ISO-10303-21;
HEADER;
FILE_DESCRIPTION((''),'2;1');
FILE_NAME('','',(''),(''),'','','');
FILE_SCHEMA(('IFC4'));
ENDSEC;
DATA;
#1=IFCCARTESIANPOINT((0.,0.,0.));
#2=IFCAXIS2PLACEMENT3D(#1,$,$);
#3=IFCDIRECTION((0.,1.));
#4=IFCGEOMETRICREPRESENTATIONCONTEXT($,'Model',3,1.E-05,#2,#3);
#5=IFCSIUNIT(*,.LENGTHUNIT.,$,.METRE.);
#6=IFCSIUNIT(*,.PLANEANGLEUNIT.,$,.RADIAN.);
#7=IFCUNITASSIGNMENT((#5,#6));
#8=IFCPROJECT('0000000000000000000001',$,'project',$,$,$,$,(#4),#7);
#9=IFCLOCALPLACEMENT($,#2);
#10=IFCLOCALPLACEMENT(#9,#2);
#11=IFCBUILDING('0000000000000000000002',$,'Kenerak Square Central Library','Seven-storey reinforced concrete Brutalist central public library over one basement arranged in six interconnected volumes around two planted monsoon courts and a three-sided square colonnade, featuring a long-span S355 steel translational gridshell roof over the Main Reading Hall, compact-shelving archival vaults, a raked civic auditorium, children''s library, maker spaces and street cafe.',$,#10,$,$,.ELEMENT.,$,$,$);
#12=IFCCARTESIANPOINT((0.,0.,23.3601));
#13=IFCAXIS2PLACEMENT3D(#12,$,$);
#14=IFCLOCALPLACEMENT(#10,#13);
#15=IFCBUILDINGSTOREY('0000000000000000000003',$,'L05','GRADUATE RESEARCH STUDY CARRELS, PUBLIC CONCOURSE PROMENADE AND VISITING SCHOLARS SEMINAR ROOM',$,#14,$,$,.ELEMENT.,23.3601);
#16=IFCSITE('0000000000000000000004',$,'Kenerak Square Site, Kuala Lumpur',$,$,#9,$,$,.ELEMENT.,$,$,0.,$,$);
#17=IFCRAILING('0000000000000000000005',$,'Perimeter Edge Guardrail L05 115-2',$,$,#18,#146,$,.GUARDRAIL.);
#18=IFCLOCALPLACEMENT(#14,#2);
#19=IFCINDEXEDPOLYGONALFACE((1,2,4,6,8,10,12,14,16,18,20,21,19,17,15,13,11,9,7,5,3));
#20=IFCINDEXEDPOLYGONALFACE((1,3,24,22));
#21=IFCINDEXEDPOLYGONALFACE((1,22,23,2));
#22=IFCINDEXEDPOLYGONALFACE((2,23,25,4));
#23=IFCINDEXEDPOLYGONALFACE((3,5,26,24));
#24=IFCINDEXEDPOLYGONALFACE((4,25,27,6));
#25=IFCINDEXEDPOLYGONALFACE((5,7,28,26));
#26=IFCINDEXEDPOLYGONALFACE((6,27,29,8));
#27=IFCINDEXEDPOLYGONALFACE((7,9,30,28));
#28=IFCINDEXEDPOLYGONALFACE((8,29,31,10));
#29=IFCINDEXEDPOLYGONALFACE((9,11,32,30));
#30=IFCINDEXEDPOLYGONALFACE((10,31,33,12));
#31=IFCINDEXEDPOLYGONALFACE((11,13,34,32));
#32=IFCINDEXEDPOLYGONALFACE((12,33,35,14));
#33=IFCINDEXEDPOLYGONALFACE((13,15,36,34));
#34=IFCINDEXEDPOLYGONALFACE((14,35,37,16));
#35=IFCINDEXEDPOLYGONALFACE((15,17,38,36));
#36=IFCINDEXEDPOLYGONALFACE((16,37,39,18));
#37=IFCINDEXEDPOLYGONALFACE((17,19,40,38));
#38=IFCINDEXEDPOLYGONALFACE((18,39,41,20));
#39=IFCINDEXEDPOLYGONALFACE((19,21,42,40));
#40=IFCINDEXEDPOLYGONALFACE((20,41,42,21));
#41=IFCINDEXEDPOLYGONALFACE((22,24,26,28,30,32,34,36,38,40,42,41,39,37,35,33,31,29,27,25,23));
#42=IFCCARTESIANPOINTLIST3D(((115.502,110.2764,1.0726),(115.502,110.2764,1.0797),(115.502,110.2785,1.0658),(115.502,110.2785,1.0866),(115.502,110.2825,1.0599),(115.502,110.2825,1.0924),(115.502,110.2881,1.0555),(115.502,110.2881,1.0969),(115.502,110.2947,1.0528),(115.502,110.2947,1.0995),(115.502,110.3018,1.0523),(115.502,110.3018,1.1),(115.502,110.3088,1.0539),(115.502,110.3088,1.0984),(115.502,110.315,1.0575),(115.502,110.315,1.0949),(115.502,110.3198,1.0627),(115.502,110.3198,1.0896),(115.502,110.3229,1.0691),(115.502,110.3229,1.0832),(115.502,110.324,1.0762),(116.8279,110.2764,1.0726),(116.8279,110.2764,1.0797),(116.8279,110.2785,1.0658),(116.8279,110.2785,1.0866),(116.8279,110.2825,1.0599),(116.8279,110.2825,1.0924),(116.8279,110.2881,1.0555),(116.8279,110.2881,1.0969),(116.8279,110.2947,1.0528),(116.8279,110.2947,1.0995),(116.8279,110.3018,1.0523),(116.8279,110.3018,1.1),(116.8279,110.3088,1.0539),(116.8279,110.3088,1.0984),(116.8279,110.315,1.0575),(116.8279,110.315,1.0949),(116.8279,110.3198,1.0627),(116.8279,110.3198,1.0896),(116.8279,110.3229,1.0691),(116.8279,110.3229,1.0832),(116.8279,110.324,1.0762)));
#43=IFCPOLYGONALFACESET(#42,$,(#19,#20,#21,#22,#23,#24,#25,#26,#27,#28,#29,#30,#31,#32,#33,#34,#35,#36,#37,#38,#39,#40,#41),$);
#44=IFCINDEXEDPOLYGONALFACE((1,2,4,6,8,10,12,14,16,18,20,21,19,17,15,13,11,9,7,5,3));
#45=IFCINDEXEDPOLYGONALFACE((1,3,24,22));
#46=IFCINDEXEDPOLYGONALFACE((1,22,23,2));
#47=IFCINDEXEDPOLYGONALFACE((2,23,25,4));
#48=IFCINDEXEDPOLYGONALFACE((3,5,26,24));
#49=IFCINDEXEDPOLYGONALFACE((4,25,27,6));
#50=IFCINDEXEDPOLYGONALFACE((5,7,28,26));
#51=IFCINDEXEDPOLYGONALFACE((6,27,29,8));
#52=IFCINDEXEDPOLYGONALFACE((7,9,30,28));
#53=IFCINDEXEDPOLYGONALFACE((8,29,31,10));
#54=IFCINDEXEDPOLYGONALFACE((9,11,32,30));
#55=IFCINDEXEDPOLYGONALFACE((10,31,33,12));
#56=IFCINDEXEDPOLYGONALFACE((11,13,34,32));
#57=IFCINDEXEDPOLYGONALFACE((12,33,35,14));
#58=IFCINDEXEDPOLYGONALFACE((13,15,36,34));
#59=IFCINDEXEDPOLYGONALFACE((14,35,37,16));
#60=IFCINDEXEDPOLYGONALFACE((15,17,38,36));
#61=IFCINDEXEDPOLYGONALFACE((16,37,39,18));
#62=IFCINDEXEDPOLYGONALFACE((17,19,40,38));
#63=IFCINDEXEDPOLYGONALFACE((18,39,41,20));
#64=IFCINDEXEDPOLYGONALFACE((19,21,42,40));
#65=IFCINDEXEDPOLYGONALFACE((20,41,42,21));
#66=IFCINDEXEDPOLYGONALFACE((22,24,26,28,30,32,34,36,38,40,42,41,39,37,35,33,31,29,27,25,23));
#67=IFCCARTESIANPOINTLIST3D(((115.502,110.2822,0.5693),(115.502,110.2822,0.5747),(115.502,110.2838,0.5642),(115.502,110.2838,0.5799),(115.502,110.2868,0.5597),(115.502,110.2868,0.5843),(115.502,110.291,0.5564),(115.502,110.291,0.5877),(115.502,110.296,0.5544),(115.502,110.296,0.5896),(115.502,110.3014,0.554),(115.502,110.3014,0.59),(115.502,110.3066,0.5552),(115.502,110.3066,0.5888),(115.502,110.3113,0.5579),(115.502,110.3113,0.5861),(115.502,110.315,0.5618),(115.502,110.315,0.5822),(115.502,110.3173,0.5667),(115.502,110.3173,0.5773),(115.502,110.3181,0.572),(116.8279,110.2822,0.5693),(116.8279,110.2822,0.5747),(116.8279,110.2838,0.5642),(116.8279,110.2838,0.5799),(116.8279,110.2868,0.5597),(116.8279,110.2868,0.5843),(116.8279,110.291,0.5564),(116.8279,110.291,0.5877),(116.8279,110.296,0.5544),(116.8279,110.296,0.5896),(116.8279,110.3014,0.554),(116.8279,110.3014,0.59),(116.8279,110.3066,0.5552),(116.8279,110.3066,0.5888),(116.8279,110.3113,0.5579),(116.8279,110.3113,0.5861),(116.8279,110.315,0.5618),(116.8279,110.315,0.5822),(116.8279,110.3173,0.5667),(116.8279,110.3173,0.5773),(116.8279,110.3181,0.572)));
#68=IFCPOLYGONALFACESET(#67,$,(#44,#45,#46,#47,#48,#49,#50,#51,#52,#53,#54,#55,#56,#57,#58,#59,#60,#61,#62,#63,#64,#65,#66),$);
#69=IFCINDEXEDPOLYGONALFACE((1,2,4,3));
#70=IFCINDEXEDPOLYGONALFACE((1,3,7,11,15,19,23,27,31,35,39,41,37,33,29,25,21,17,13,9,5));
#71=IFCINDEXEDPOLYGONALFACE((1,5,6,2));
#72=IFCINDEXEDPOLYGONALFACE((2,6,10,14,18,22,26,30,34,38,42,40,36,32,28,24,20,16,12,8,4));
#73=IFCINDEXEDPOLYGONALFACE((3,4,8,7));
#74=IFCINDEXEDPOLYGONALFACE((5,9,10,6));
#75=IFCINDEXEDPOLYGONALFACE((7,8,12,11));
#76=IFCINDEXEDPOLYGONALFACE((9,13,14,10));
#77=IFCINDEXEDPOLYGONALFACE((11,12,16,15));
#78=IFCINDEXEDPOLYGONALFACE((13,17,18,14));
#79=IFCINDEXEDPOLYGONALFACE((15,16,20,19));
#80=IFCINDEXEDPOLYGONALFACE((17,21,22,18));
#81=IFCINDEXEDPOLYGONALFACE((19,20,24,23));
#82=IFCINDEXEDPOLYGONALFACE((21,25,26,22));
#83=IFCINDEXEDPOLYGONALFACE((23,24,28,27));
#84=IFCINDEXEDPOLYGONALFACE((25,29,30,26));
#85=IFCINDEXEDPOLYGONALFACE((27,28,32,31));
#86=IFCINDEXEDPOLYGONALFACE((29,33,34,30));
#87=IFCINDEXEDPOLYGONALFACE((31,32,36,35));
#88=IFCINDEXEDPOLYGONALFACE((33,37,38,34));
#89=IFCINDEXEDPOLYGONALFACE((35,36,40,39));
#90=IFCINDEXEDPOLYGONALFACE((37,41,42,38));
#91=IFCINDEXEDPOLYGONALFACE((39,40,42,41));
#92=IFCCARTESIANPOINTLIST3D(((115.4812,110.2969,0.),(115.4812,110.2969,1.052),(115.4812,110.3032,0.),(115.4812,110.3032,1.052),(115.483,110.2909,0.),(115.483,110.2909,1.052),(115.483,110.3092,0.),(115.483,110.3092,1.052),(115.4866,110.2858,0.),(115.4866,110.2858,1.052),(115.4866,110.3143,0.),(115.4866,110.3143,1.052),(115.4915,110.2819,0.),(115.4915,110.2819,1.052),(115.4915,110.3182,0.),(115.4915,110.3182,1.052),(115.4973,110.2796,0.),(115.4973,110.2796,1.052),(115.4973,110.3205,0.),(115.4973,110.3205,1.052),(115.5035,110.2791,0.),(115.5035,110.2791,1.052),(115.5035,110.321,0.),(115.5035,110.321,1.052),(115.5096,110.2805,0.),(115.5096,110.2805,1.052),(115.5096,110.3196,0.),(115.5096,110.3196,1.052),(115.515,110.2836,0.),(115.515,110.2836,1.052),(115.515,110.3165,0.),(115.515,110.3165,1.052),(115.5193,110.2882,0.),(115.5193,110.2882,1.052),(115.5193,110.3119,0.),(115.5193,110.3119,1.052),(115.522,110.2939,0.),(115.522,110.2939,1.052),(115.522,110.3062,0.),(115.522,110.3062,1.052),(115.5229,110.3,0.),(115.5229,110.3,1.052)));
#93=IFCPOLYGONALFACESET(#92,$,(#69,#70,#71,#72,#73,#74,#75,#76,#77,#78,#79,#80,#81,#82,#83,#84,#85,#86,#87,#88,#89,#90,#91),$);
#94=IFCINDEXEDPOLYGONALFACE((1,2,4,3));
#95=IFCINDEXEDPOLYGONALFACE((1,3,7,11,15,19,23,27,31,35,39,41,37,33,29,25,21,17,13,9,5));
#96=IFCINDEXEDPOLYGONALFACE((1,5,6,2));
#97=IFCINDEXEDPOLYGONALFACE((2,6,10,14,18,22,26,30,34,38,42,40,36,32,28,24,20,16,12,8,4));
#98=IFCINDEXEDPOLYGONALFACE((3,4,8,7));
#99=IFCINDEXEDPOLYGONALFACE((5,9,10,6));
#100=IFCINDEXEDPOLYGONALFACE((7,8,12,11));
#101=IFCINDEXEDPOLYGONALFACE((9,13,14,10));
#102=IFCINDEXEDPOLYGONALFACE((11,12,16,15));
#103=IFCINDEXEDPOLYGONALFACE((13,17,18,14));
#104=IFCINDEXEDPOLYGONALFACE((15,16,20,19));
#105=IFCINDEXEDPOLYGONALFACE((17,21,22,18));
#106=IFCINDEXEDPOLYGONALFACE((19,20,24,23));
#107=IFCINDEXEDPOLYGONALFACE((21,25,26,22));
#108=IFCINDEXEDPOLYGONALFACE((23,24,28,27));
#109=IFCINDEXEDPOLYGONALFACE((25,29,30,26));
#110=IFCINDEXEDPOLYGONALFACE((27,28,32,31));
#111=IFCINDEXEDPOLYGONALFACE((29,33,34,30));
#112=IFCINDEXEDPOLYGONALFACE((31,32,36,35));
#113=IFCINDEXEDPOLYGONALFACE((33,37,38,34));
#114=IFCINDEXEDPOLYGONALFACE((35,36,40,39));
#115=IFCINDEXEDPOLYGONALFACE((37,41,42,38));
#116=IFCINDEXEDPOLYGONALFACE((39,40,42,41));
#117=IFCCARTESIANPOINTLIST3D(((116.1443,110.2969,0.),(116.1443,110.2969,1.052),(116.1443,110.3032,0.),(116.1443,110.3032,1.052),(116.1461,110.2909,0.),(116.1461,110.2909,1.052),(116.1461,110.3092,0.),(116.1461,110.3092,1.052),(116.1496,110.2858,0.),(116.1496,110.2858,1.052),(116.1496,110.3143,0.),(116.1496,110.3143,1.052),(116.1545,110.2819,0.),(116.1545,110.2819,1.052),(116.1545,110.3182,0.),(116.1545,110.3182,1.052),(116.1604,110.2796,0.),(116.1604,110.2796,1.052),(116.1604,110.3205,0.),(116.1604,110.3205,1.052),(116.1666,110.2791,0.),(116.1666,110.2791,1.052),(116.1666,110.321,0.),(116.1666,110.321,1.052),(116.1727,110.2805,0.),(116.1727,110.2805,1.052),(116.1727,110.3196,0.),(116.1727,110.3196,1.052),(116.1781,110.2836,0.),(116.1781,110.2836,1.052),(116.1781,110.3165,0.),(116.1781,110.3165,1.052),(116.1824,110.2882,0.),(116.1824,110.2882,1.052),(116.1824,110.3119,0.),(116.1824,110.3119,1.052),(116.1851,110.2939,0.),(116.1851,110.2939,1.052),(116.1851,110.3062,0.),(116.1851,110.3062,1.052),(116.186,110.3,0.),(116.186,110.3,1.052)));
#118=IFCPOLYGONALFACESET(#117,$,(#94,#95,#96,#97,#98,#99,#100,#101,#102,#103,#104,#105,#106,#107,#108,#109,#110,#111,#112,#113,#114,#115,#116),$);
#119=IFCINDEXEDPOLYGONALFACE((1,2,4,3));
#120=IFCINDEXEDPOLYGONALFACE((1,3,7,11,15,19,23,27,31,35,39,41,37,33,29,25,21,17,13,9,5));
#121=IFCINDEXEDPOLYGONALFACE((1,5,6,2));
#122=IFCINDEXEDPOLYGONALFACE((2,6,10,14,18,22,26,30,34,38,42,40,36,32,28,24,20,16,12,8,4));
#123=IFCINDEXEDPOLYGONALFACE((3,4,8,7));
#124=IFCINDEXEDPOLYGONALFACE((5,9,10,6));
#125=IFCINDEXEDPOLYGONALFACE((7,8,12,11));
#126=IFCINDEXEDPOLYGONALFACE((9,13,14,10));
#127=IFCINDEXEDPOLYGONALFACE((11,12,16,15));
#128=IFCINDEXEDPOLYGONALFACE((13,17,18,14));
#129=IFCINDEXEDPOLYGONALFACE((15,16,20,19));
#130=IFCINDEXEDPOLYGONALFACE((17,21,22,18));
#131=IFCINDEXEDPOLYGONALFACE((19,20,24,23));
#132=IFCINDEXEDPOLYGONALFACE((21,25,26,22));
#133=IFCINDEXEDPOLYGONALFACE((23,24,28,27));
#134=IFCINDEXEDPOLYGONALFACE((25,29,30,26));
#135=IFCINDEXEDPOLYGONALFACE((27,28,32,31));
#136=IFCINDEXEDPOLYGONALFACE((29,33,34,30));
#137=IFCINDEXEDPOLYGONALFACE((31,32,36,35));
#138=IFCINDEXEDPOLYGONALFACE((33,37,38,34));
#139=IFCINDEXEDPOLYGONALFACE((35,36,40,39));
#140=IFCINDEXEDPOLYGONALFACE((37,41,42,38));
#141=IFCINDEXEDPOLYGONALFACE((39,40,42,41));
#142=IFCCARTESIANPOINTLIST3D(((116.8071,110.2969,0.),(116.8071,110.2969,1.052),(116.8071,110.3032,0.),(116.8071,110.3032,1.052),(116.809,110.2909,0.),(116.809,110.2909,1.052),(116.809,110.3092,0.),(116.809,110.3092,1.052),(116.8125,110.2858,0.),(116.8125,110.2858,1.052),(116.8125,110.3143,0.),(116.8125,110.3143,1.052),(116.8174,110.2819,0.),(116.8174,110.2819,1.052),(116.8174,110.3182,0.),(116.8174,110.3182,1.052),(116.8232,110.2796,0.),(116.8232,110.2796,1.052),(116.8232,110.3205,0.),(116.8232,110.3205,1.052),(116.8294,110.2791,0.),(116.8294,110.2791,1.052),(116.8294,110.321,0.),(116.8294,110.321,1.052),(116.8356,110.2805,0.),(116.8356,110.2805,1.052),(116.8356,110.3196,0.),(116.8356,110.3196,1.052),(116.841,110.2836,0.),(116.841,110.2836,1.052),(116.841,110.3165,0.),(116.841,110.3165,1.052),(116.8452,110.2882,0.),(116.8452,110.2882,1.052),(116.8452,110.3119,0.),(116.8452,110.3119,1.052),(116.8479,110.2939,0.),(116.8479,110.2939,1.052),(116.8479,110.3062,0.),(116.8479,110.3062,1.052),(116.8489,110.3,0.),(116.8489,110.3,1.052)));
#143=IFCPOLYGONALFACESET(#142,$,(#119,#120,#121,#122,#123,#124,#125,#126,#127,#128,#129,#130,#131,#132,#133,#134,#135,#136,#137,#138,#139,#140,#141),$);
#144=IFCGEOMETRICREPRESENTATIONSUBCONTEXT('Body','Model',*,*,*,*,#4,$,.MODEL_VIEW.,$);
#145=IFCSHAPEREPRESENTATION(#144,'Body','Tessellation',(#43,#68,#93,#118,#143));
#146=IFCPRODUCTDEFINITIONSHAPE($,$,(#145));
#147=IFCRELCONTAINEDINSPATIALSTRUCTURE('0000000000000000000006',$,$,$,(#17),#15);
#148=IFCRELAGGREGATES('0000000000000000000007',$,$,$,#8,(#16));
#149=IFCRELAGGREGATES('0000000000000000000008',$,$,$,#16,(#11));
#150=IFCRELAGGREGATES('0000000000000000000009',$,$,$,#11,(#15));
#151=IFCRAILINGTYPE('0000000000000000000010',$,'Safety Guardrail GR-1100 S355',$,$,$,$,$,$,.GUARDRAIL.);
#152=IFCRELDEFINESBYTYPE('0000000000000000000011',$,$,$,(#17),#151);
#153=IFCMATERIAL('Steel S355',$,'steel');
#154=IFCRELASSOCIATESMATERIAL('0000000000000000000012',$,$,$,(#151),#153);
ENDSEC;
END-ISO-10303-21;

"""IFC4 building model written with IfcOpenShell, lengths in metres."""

from ifc_helpers import new_model, si_unit, direction, frame, origin, origin_2d, place, context, subcontext, project, spatial, circle, extrude, material, type_object, element, save


model = new_model("IFC4")

# Units and contexts
model_context = context("Model", 3, precision=1e-05, world=origin(), true_north=direction((0.0, 1.0)))
body_context = subcontext(model_context, "Body", "Model", "MODEL_VIEW")
ifc_project = project(units=[si_unit("LENGTHUNIT", "METRE"), si_unit("PLANEANGLEUNIT", "RADIAN")], contexts=[model_context])

# Site, building, storey
site_placement = place(None, origin())
site = spatial("IfcSite", under=ifc_project, at=site_placement, Name="Kenerak Square Site, Kuala Lumpur", CompositionType="ELEMENT", RefElevation=0.0)
building_placement = place(site_placement, origin())
building = spatial("IfcBuilding", under=site, at=building_placement, Name="Kenerak Square Central Library", Description="Seven-storey reinforced concrete Brutalist central public library over one basement arranged in six interconnected volumes around two planted monsoon courts and a three-sided square colonnade, featuring a long-span S355 steel translational gridshell roof over the Main Reading Hall, compact-shelving archival vaults, a raked civic auditorium, children's library, maker spaces and street cafe.", CompositionType="ELEMENT")
storey_placement = place(building_placement, frame((0.0, 0.0, 23.3601)))
storey = spatial("IfcBuildingStorey", under=building, at=storey_placement, Name="L05", Description="GRADUATE RESEARCH STUDY CARRELS, PUBLIC CONCOURSE PROMENADE AND VISITING SCHOLARS SEMINAR ROOM", CompositionType="ELEMENT", Elevation=23.3601)

# Shared definitions
ifc_material_1 = material(Name="Steel S355", Category="steel")

# Railing
railing_type_1 = type_object("IfcRailingType", Name="Safety Guardrail GR-1100 S355", PredefinedType="GUARDRAIL", material=ifc_material_1)
railing_1_placement = place(storey_placement, frame((115.502, 110.3, 0.0)))
element("IfcRailing", 1, at=railing_1_placement, inside=storey, type_object=railing_type_1, Name="Perimeter Edge Guardrail L05 115-2", PredefinedType="GUARDRAIL", context=body_context, shape_type="SweptSolid", body=[
    extrude(circle(Radius=0.0239, at=origin_2d()), frame((0.0, 0.0, 1.0762), z_axis=(1.0, 0.0, 0.0), x_axis=(0.0, 1.0, 0.0)), (0.0, 0.0, 1.0), 1.3259),
    extrude(circle(Radius=0.0181, at=origin_2d()), frame((0.0, 0.0, 0.572), z_axis=(1.0, 0.0, 0.0), x_axis=(0.0, 1.0, 0.0)), (0.0, 0.0, 1.0), 1.3259),
    extrude(circle(Radius=0.021, at=origin_2d()), origin(), (0.0, 0.0, 1.0), 1.052),
    extrude(circle(Radius=0.021, at=origin_2d()), frame((0.6631, 0.0, 0.0)), (0.0, 0.0, 1.0), 1.052),
    extrude(circle(Radius=0.021, at=origin_2d()), frame((1.3259, 0.0, 0.0)), (0.0, 0.0, 1.0), 1.052),
])

save(model, "model.ifc")
